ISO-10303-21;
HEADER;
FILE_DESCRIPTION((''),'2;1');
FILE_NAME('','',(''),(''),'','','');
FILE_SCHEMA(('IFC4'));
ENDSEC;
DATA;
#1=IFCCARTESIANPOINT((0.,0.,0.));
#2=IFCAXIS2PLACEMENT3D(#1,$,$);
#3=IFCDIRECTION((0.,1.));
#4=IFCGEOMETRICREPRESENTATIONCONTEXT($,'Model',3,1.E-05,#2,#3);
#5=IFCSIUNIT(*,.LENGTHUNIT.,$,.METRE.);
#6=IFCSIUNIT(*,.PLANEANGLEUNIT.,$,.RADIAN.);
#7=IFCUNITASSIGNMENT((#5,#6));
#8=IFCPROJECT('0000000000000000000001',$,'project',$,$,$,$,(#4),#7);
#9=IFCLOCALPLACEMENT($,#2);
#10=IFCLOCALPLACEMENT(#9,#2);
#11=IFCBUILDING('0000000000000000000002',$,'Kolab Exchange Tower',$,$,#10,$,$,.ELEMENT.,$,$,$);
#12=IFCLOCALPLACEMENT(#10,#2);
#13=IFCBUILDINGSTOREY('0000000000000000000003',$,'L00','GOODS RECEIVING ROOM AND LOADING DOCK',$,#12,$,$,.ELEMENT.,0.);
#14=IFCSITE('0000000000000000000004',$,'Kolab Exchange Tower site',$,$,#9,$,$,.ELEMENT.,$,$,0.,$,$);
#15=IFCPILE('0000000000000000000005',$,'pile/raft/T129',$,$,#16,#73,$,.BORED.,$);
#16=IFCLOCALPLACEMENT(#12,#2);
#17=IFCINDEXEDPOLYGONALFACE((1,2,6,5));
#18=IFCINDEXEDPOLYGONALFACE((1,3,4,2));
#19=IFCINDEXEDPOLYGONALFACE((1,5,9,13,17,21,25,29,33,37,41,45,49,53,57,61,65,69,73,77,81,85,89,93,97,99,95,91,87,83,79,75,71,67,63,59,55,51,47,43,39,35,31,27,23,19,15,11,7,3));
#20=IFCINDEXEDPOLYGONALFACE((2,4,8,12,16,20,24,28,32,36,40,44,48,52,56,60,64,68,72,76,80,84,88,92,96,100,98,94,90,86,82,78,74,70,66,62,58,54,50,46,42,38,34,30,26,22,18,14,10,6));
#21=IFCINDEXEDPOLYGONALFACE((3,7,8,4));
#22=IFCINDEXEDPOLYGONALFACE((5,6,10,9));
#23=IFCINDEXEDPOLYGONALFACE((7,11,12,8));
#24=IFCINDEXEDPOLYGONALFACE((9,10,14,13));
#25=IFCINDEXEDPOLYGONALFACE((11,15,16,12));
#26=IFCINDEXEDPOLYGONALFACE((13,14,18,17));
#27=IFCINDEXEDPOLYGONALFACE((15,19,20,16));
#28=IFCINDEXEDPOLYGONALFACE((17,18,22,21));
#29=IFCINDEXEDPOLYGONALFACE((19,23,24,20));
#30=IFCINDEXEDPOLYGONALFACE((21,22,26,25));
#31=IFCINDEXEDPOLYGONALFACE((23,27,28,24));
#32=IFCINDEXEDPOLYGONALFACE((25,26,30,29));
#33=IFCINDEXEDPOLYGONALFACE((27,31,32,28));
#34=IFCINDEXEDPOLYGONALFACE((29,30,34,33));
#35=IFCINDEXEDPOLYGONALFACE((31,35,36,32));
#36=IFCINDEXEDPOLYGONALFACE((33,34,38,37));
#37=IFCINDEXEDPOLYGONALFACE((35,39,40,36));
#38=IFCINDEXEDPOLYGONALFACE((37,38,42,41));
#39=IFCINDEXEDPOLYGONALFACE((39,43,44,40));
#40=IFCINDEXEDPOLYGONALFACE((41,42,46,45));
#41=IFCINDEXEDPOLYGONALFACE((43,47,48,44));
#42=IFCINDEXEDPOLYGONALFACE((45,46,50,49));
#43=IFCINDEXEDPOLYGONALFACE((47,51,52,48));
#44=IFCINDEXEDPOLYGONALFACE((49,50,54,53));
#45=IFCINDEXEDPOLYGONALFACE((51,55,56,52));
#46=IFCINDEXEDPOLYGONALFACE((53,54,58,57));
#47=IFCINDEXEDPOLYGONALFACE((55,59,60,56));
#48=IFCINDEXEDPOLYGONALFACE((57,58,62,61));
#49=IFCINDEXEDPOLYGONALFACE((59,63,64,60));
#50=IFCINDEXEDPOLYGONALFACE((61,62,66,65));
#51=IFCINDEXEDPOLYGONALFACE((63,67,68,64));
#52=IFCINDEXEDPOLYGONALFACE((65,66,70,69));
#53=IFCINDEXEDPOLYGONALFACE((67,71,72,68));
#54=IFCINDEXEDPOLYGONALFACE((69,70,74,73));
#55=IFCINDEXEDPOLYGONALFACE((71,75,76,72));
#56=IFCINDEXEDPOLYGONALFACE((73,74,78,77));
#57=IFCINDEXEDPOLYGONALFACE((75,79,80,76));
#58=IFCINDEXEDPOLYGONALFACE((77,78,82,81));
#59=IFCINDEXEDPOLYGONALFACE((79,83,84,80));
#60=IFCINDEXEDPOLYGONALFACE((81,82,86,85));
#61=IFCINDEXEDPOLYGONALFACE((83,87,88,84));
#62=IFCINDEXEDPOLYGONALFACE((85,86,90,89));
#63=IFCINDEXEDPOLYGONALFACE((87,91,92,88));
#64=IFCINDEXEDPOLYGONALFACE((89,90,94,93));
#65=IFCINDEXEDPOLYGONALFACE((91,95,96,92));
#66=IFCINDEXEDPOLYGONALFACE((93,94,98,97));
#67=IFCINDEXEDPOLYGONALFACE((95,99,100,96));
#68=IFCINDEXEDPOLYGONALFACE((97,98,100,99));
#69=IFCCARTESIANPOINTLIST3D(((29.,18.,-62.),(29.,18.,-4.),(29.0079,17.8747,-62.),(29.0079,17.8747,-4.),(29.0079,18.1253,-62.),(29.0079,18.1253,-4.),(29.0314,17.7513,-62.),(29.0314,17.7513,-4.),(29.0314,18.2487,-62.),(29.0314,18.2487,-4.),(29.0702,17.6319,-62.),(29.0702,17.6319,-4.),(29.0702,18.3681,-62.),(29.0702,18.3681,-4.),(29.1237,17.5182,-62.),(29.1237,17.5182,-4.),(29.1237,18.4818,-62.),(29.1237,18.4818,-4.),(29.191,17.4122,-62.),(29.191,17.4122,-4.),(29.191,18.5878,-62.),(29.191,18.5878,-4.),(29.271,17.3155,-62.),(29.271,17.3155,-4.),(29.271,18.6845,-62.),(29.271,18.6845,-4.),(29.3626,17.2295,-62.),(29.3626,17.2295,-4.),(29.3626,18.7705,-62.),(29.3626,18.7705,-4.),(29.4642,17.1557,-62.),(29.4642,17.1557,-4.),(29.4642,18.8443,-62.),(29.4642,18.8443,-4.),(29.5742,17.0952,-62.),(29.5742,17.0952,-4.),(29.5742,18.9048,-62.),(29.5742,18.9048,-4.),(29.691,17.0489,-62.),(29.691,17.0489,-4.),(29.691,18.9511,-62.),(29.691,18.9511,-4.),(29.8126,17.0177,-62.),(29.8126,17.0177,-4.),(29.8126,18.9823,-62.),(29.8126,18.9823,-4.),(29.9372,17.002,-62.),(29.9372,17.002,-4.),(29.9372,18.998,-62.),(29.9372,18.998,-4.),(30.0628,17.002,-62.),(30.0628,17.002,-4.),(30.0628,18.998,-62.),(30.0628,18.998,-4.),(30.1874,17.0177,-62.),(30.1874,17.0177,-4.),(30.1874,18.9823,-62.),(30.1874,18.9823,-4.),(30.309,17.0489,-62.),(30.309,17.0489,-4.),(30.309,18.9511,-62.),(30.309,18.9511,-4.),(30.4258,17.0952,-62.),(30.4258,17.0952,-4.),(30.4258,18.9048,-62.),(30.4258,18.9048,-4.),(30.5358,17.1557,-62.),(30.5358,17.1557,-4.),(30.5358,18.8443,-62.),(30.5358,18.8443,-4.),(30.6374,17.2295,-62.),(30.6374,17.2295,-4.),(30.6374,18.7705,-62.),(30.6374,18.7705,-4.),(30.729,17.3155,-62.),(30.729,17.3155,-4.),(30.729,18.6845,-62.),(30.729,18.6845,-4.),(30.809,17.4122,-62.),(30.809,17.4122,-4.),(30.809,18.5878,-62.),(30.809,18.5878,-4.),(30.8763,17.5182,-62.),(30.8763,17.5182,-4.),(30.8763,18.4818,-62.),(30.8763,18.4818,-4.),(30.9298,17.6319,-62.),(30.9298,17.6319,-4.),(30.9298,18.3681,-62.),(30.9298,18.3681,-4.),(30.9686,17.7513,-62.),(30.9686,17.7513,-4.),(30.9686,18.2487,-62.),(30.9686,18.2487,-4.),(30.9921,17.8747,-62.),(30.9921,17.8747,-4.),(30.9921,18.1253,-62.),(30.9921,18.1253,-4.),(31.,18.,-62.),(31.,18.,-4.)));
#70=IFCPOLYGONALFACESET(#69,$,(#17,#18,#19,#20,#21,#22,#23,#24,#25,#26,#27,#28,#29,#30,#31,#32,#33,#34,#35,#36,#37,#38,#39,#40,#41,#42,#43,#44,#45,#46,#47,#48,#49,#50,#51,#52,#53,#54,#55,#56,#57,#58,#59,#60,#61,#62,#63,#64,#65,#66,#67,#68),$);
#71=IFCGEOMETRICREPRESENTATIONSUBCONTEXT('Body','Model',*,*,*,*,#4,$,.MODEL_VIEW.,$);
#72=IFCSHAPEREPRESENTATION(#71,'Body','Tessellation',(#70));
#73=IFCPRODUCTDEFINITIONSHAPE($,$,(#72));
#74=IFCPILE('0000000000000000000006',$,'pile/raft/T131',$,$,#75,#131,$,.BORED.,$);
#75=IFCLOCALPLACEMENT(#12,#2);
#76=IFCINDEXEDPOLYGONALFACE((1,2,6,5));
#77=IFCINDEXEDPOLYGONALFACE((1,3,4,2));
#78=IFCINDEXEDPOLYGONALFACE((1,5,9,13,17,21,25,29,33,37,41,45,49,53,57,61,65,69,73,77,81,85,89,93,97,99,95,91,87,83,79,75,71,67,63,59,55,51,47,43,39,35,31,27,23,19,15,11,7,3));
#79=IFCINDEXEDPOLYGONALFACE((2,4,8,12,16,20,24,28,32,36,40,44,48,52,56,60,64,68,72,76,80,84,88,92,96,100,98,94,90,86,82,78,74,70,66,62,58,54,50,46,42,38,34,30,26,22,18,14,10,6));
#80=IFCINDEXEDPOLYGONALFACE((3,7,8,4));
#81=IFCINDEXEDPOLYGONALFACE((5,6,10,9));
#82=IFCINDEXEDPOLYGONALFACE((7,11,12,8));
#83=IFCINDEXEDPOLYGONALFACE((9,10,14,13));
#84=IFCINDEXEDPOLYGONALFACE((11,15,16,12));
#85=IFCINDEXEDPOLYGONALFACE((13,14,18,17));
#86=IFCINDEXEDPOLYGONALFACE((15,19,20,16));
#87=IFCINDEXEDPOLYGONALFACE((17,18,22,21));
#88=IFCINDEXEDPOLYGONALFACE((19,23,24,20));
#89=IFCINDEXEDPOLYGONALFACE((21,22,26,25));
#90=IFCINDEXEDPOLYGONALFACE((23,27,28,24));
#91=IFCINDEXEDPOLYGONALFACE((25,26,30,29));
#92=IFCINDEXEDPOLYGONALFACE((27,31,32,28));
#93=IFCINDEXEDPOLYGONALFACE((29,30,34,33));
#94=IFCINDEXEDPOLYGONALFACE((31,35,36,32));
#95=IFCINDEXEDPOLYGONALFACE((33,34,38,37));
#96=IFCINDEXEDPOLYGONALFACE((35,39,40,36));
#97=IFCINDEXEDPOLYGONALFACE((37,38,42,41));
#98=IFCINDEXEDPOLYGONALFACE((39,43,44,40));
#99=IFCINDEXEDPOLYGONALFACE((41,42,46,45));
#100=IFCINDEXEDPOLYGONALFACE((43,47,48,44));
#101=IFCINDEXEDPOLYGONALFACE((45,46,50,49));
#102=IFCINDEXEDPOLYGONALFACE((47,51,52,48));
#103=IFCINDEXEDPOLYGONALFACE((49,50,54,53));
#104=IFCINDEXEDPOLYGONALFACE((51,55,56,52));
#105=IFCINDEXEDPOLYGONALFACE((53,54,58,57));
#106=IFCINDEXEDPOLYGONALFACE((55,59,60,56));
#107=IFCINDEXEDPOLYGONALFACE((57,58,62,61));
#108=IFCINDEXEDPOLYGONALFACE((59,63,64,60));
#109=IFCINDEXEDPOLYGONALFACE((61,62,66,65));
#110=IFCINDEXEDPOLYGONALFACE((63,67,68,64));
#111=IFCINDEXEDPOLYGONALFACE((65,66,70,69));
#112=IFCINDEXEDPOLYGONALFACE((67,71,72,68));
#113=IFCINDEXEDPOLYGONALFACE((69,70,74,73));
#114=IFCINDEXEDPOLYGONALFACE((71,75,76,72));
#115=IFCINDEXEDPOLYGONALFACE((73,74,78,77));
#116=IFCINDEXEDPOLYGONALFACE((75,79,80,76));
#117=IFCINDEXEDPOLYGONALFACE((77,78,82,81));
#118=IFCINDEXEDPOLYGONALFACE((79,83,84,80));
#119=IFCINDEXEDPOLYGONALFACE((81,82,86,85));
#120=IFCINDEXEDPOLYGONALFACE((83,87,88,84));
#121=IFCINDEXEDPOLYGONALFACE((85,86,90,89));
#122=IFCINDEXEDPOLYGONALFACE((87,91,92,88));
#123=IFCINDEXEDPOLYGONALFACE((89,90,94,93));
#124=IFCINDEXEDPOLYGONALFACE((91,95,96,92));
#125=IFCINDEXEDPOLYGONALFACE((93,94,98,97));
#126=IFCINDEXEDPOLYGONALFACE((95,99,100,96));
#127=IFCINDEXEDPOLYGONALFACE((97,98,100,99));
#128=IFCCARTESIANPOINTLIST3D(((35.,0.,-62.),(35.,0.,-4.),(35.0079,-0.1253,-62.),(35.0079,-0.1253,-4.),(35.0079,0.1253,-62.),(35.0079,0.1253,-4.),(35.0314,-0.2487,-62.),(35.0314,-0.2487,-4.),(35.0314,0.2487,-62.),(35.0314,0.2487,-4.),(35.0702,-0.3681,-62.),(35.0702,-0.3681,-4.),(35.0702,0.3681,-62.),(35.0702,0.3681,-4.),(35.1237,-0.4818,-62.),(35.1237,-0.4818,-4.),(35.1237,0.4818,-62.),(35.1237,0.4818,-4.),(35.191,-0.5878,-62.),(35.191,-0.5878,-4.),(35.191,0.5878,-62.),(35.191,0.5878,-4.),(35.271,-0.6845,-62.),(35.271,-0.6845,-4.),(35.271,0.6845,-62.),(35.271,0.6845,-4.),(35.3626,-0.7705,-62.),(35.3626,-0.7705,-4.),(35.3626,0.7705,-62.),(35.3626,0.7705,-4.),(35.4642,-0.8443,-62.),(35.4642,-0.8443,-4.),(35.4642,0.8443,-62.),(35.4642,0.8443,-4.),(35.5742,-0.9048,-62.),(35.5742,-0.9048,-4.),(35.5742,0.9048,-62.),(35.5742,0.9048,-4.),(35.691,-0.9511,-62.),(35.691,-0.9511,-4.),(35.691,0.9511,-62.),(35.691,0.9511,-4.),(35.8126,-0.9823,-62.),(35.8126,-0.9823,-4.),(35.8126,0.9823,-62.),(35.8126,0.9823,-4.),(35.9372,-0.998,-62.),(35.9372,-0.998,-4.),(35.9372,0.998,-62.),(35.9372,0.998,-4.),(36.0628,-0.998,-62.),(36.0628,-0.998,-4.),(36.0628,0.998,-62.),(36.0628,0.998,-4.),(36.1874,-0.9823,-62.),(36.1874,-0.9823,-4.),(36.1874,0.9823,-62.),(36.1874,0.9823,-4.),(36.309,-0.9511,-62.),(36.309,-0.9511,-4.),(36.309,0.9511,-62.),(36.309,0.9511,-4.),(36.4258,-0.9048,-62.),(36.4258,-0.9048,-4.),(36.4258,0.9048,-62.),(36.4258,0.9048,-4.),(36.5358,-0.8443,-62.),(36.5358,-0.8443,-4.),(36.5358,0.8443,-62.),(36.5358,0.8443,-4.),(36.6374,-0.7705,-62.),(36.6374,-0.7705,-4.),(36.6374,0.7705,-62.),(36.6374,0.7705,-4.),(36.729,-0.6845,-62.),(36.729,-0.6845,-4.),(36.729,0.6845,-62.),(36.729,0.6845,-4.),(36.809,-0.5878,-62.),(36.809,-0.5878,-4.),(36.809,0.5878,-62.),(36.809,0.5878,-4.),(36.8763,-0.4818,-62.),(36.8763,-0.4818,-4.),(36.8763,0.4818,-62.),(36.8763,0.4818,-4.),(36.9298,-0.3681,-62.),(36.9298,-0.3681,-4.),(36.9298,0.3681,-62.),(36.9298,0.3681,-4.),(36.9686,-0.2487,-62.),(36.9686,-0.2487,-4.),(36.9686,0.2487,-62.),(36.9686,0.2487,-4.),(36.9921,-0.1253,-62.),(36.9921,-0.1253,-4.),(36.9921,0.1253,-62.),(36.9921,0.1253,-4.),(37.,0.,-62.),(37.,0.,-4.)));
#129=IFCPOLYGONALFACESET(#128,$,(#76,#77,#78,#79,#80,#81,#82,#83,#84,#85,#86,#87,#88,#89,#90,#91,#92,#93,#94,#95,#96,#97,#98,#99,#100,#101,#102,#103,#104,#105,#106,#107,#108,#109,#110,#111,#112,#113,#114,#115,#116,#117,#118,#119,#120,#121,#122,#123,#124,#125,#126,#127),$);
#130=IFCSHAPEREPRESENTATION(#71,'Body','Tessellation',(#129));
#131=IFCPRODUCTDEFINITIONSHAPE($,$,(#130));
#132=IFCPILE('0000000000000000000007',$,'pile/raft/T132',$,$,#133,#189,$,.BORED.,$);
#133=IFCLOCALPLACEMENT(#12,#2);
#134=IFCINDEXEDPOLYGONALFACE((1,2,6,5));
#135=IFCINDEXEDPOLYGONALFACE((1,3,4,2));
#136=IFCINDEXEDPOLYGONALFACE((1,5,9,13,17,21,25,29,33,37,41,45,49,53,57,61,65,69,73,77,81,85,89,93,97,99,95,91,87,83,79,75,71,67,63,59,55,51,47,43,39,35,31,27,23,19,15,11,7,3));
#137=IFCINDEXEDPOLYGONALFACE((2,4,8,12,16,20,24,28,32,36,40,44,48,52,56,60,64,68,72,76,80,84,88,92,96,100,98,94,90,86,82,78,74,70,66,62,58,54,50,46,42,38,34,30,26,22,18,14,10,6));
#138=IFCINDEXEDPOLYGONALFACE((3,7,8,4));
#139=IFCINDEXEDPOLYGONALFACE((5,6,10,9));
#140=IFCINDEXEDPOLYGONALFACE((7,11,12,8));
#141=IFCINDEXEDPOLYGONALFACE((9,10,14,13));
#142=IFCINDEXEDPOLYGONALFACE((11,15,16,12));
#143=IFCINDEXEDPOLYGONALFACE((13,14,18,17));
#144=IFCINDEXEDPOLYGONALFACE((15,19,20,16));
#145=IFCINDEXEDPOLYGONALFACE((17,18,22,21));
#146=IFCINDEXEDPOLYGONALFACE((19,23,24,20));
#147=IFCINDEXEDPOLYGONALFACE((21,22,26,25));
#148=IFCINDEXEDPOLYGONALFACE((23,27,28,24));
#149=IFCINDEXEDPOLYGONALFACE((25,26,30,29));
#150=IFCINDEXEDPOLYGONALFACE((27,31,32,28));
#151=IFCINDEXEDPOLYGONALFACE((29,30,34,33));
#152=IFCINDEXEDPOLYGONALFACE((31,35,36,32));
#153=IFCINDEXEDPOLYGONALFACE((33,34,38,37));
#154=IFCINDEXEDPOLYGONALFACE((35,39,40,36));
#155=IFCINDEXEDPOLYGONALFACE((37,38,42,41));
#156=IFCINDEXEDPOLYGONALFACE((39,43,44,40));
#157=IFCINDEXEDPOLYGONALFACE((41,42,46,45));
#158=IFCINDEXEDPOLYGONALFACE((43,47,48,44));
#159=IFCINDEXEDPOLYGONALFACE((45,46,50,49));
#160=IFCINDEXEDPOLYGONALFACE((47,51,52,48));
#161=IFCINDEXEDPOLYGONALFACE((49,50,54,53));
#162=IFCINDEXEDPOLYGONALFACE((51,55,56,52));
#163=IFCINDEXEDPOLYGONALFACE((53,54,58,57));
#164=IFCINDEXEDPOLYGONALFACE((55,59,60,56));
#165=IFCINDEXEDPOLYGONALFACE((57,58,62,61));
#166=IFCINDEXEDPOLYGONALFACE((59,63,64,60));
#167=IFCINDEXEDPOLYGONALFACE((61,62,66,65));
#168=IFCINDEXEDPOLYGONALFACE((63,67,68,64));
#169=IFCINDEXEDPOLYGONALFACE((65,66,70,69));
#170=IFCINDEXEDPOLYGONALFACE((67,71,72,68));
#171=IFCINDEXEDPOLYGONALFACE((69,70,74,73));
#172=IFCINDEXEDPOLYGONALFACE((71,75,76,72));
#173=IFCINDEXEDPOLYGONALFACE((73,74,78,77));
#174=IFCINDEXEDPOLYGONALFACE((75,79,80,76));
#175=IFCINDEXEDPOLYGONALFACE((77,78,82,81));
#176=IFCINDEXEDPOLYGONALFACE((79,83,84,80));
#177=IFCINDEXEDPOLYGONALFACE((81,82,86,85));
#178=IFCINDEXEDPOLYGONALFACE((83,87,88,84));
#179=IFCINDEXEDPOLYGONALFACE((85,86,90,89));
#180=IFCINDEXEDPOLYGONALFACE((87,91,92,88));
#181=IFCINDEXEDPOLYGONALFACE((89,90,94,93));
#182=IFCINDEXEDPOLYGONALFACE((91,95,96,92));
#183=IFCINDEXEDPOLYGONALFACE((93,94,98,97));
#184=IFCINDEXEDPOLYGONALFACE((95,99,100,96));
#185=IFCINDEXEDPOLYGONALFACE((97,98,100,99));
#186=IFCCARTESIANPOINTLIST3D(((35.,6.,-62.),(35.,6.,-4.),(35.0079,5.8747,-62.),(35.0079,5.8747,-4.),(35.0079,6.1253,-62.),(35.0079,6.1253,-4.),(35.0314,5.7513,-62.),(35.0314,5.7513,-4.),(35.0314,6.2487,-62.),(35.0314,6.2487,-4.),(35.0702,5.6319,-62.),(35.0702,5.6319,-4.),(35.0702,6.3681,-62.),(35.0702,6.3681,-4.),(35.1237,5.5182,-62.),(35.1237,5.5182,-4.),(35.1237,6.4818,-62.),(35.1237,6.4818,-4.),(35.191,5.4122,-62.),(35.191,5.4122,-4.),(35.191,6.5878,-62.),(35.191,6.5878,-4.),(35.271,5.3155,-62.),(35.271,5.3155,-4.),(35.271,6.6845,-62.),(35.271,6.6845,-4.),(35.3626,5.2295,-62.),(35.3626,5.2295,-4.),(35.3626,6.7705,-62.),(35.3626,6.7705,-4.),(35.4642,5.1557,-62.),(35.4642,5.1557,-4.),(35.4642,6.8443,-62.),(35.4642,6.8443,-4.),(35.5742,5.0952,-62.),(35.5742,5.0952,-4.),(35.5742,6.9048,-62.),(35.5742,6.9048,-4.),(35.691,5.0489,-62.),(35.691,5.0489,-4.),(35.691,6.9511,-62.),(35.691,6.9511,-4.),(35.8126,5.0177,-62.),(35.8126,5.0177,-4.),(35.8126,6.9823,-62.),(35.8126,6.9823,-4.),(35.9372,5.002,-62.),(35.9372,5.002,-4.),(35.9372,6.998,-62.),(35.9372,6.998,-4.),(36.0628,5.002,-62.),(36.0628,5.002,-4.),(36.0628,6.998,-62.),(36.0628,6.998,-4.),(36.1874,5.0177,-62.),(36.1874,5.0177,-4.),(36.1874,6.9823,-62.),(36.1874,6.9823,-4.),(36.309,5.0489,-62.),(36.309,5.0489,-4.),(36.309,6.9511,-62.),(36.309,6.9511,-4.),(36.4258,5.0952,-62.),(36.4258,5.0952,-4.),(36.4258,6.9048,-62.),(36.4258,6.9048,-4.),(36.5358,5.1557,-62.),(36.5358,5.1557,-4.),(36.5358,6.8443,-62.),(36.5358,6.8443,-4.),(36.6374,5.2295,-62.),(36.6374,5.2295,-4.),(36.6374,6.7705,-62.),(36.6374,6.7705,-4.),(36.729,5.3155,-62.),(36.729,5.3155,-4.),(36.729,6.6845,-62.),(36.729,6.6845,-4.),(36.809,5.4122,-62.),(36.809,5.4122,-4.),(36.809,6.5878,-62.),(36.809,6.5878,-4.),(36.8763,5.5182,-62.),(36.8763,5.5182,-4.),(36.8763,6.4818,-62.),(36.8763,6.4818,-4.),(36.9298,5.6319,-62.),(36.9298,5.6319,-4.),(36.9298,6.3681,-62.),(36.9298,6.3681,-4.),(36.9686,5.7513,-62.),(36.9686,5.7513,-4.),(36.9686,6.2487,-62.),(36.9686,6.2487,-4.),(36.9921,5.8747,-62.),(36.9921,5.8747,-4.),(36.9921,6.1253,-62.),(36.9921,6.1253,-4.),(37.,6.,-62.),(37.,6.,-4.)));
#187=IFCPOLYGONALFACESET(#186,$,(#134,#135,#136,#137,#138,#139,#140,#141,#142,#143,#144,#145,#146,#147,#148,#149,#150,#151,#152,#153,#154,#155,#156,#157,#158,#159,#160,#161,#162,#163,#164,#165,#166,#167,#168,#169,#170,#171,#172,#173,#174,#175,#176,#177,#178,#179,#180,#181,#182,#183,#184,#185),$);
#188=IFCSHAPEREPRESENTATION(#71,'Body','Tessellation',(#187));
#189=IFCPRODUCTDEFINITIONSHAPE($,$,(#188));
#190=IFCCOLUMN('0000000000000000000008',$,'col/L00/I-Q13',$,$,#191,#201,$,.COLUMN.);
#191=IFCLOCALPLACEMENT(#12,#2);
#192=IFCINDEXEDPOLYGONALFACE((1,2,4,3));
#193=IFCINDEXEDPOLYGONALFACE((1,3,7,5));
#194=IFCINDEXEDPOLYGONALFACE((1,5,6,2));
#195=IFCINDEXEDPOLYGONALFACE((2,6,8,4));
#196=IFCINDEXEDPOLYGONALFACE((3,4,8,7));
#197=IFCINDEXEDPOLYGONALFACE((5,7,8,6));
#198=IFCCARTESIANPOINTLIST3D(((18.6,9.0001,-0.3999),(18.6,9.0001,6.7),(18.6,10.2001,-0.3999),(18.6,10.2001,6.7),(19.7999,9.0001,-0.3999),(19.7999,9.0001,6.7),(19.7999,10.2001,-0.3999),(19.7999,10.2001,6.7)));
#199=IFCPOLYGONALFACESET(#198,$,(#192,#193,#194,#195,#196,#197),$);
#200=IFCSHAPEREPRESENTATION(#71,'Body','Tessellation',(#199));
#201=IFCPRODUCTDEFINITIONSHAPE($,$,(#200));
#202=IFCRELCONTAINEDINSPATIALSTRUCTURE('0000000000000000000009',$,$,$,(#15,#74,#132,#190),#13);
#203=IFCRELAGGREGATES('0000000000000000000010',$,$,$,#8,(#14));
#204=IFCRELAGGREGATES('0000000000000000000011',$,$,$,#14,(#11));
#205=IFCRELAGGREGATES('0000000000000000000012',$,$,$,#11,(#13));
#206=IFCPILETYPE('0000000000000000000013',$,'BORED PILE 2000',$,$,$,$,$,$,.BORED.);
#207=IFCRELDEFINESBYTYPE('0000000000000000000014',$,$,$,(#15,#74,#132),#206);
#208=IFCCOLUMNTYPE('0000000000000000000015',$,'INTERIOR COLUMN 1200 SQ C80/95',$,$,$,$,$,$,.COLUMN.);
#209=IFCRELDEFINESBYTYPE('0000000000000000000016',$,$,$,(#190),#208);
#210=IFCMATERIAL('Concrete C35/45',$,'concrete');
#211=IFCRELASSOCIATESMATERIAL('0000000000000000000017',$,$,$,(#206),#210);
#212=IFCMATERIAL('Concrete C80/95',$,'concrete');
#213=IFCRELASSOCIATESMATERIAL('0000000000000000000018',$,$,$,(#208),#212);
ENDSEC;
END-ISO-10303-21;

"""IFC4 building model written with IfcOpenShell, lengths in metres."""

from ifc_helpers import new_model, si_unit, direction, frame, origin, origin_2d, place, context, subcontext, project, spatial, rectangle, circle, extrude, material, material_profile, profile_set, type_object, element, save


model = new_model("IFC4")

# Units and contexts
model_context = context("Model", 3, precision=1e-05, world=origin(), true_north=direction((0.0, 1.0)))
body_context = subcontext(model_context, "Body", "Model", "MODEL_VIEW")
ifc_project = project(units=[si_unit("LENGTHUNIT", "METRE"), si_unit("PLANEANGLEUNIT", "RADIAN")], contexts=[model_context])

# Site, building, storey
site_placement = place(None, origin())
site = spatial("IfcSite", under=ifc_project, at=site_placement, Name="Kolab Exchange Tower site", CompositionType="ELEMENT", RefElevation=0.0)
building_placement = place(site_placement, origin())
building = spatial("IfcBuilding", under=site, at=building_placement, Name="Kolab Exchange Tower", CompositionType="ELEMENT")
storey_placement = place(building_placement, origin())
storey = spatial("IfcBuildingStorey", under=building, at=storey_placement, Name="L00", Description="GOODS RECEIVING ROOM AND LOADING DOCK", CompositionType="ELEMENT", Elevation=0.0)

# Piles
ifc_material_1 = material(Name="Concrete C35/45", Category="concrete")
ifc_material_profile_1 = material_profile(ifc_material_1, circle(Radius=1.0, at=origin_2d()), Name="BP2000")
ifc_profile_set_1 = profile_set([ifc_material_profile_1], Name="Concrete C35/45")
pile_type_1 = type_object("IfcPileType", Name="BORED PILE 2000", PredefinedType="BORED", material=ifc_profile_set_1)
for number, where, z_axis, x_axis, name in (
    (1, (30.0, 18.0, -4.0), (0.0, 0.0, -1.0), (1.0, 0.0, 0.0), "pile/raft/T129"),
    (2, (36.0, 0.0, -4.0), (0.0, 0.0, -1.0), (1.0, 0.0, 0.0), "pile/raft/T131"),
    (3, (36.0, 6.0, -4.0), (0.0, 0.0, -1.0), (1.0, 0.0, 0.0), "pile/raft/T132"),
):
    element("IfcPile", number, at=place(storey_placement, frame(where, z_axis=z_axis, x_axis=x_axis)), inside=storey, type_object=pile_type_1, Name=name, PredefinedType="BORED", context=body_context, shape_type="SweptSolid", body=[
        extrude(circle(Radius=1.0, at=origin_2d()), origin(), (0.0, 0.0, 1.0), 58.0),
    ])

# Column
ifc_material_2 = material(Name="Concrete C80/95", Category="concrete")
ifc_material_profile_2 = material_profile(ifc_material_2, rectangle(XDim=1.2, YDim=1.2, at=origin_2d()), Name="RC1200")
ifc_profile_set_2 = profile_set([ifc_material_profile_2], Name="Concrete C80/95")
column_type_1 = type_object("IfcColumnType", Name="INTERIOR COLUMN 1200 SQ C80/95", PredefinedType="COLUMN", material=ifc_profile_set_2)
for number, where, z_axis, x_axis, name in (
    (4, (19.2, 9.6001, -0.3999), (0.0, 0.0, 1.0), (1.0, 0.0, 0.0), "col/L00/I-Q13"),
):
    element("IfcColumn", number, at=place(storey_placement, frame(where, z_axis=z_axis, x_axis=x_axis)), inside=storey, type_object=column_type_1, Name=name, PredefinedType="COLUMN", context=body_context, shape_type="SweptSolid", body=[
        extrude(rectangle(XDim=1.2, YDim=1.2, at=origin_2d()), origin(), (0.0, 0.0, 1.0), 7.0999),
    ])

save(model, "model.ifc")
